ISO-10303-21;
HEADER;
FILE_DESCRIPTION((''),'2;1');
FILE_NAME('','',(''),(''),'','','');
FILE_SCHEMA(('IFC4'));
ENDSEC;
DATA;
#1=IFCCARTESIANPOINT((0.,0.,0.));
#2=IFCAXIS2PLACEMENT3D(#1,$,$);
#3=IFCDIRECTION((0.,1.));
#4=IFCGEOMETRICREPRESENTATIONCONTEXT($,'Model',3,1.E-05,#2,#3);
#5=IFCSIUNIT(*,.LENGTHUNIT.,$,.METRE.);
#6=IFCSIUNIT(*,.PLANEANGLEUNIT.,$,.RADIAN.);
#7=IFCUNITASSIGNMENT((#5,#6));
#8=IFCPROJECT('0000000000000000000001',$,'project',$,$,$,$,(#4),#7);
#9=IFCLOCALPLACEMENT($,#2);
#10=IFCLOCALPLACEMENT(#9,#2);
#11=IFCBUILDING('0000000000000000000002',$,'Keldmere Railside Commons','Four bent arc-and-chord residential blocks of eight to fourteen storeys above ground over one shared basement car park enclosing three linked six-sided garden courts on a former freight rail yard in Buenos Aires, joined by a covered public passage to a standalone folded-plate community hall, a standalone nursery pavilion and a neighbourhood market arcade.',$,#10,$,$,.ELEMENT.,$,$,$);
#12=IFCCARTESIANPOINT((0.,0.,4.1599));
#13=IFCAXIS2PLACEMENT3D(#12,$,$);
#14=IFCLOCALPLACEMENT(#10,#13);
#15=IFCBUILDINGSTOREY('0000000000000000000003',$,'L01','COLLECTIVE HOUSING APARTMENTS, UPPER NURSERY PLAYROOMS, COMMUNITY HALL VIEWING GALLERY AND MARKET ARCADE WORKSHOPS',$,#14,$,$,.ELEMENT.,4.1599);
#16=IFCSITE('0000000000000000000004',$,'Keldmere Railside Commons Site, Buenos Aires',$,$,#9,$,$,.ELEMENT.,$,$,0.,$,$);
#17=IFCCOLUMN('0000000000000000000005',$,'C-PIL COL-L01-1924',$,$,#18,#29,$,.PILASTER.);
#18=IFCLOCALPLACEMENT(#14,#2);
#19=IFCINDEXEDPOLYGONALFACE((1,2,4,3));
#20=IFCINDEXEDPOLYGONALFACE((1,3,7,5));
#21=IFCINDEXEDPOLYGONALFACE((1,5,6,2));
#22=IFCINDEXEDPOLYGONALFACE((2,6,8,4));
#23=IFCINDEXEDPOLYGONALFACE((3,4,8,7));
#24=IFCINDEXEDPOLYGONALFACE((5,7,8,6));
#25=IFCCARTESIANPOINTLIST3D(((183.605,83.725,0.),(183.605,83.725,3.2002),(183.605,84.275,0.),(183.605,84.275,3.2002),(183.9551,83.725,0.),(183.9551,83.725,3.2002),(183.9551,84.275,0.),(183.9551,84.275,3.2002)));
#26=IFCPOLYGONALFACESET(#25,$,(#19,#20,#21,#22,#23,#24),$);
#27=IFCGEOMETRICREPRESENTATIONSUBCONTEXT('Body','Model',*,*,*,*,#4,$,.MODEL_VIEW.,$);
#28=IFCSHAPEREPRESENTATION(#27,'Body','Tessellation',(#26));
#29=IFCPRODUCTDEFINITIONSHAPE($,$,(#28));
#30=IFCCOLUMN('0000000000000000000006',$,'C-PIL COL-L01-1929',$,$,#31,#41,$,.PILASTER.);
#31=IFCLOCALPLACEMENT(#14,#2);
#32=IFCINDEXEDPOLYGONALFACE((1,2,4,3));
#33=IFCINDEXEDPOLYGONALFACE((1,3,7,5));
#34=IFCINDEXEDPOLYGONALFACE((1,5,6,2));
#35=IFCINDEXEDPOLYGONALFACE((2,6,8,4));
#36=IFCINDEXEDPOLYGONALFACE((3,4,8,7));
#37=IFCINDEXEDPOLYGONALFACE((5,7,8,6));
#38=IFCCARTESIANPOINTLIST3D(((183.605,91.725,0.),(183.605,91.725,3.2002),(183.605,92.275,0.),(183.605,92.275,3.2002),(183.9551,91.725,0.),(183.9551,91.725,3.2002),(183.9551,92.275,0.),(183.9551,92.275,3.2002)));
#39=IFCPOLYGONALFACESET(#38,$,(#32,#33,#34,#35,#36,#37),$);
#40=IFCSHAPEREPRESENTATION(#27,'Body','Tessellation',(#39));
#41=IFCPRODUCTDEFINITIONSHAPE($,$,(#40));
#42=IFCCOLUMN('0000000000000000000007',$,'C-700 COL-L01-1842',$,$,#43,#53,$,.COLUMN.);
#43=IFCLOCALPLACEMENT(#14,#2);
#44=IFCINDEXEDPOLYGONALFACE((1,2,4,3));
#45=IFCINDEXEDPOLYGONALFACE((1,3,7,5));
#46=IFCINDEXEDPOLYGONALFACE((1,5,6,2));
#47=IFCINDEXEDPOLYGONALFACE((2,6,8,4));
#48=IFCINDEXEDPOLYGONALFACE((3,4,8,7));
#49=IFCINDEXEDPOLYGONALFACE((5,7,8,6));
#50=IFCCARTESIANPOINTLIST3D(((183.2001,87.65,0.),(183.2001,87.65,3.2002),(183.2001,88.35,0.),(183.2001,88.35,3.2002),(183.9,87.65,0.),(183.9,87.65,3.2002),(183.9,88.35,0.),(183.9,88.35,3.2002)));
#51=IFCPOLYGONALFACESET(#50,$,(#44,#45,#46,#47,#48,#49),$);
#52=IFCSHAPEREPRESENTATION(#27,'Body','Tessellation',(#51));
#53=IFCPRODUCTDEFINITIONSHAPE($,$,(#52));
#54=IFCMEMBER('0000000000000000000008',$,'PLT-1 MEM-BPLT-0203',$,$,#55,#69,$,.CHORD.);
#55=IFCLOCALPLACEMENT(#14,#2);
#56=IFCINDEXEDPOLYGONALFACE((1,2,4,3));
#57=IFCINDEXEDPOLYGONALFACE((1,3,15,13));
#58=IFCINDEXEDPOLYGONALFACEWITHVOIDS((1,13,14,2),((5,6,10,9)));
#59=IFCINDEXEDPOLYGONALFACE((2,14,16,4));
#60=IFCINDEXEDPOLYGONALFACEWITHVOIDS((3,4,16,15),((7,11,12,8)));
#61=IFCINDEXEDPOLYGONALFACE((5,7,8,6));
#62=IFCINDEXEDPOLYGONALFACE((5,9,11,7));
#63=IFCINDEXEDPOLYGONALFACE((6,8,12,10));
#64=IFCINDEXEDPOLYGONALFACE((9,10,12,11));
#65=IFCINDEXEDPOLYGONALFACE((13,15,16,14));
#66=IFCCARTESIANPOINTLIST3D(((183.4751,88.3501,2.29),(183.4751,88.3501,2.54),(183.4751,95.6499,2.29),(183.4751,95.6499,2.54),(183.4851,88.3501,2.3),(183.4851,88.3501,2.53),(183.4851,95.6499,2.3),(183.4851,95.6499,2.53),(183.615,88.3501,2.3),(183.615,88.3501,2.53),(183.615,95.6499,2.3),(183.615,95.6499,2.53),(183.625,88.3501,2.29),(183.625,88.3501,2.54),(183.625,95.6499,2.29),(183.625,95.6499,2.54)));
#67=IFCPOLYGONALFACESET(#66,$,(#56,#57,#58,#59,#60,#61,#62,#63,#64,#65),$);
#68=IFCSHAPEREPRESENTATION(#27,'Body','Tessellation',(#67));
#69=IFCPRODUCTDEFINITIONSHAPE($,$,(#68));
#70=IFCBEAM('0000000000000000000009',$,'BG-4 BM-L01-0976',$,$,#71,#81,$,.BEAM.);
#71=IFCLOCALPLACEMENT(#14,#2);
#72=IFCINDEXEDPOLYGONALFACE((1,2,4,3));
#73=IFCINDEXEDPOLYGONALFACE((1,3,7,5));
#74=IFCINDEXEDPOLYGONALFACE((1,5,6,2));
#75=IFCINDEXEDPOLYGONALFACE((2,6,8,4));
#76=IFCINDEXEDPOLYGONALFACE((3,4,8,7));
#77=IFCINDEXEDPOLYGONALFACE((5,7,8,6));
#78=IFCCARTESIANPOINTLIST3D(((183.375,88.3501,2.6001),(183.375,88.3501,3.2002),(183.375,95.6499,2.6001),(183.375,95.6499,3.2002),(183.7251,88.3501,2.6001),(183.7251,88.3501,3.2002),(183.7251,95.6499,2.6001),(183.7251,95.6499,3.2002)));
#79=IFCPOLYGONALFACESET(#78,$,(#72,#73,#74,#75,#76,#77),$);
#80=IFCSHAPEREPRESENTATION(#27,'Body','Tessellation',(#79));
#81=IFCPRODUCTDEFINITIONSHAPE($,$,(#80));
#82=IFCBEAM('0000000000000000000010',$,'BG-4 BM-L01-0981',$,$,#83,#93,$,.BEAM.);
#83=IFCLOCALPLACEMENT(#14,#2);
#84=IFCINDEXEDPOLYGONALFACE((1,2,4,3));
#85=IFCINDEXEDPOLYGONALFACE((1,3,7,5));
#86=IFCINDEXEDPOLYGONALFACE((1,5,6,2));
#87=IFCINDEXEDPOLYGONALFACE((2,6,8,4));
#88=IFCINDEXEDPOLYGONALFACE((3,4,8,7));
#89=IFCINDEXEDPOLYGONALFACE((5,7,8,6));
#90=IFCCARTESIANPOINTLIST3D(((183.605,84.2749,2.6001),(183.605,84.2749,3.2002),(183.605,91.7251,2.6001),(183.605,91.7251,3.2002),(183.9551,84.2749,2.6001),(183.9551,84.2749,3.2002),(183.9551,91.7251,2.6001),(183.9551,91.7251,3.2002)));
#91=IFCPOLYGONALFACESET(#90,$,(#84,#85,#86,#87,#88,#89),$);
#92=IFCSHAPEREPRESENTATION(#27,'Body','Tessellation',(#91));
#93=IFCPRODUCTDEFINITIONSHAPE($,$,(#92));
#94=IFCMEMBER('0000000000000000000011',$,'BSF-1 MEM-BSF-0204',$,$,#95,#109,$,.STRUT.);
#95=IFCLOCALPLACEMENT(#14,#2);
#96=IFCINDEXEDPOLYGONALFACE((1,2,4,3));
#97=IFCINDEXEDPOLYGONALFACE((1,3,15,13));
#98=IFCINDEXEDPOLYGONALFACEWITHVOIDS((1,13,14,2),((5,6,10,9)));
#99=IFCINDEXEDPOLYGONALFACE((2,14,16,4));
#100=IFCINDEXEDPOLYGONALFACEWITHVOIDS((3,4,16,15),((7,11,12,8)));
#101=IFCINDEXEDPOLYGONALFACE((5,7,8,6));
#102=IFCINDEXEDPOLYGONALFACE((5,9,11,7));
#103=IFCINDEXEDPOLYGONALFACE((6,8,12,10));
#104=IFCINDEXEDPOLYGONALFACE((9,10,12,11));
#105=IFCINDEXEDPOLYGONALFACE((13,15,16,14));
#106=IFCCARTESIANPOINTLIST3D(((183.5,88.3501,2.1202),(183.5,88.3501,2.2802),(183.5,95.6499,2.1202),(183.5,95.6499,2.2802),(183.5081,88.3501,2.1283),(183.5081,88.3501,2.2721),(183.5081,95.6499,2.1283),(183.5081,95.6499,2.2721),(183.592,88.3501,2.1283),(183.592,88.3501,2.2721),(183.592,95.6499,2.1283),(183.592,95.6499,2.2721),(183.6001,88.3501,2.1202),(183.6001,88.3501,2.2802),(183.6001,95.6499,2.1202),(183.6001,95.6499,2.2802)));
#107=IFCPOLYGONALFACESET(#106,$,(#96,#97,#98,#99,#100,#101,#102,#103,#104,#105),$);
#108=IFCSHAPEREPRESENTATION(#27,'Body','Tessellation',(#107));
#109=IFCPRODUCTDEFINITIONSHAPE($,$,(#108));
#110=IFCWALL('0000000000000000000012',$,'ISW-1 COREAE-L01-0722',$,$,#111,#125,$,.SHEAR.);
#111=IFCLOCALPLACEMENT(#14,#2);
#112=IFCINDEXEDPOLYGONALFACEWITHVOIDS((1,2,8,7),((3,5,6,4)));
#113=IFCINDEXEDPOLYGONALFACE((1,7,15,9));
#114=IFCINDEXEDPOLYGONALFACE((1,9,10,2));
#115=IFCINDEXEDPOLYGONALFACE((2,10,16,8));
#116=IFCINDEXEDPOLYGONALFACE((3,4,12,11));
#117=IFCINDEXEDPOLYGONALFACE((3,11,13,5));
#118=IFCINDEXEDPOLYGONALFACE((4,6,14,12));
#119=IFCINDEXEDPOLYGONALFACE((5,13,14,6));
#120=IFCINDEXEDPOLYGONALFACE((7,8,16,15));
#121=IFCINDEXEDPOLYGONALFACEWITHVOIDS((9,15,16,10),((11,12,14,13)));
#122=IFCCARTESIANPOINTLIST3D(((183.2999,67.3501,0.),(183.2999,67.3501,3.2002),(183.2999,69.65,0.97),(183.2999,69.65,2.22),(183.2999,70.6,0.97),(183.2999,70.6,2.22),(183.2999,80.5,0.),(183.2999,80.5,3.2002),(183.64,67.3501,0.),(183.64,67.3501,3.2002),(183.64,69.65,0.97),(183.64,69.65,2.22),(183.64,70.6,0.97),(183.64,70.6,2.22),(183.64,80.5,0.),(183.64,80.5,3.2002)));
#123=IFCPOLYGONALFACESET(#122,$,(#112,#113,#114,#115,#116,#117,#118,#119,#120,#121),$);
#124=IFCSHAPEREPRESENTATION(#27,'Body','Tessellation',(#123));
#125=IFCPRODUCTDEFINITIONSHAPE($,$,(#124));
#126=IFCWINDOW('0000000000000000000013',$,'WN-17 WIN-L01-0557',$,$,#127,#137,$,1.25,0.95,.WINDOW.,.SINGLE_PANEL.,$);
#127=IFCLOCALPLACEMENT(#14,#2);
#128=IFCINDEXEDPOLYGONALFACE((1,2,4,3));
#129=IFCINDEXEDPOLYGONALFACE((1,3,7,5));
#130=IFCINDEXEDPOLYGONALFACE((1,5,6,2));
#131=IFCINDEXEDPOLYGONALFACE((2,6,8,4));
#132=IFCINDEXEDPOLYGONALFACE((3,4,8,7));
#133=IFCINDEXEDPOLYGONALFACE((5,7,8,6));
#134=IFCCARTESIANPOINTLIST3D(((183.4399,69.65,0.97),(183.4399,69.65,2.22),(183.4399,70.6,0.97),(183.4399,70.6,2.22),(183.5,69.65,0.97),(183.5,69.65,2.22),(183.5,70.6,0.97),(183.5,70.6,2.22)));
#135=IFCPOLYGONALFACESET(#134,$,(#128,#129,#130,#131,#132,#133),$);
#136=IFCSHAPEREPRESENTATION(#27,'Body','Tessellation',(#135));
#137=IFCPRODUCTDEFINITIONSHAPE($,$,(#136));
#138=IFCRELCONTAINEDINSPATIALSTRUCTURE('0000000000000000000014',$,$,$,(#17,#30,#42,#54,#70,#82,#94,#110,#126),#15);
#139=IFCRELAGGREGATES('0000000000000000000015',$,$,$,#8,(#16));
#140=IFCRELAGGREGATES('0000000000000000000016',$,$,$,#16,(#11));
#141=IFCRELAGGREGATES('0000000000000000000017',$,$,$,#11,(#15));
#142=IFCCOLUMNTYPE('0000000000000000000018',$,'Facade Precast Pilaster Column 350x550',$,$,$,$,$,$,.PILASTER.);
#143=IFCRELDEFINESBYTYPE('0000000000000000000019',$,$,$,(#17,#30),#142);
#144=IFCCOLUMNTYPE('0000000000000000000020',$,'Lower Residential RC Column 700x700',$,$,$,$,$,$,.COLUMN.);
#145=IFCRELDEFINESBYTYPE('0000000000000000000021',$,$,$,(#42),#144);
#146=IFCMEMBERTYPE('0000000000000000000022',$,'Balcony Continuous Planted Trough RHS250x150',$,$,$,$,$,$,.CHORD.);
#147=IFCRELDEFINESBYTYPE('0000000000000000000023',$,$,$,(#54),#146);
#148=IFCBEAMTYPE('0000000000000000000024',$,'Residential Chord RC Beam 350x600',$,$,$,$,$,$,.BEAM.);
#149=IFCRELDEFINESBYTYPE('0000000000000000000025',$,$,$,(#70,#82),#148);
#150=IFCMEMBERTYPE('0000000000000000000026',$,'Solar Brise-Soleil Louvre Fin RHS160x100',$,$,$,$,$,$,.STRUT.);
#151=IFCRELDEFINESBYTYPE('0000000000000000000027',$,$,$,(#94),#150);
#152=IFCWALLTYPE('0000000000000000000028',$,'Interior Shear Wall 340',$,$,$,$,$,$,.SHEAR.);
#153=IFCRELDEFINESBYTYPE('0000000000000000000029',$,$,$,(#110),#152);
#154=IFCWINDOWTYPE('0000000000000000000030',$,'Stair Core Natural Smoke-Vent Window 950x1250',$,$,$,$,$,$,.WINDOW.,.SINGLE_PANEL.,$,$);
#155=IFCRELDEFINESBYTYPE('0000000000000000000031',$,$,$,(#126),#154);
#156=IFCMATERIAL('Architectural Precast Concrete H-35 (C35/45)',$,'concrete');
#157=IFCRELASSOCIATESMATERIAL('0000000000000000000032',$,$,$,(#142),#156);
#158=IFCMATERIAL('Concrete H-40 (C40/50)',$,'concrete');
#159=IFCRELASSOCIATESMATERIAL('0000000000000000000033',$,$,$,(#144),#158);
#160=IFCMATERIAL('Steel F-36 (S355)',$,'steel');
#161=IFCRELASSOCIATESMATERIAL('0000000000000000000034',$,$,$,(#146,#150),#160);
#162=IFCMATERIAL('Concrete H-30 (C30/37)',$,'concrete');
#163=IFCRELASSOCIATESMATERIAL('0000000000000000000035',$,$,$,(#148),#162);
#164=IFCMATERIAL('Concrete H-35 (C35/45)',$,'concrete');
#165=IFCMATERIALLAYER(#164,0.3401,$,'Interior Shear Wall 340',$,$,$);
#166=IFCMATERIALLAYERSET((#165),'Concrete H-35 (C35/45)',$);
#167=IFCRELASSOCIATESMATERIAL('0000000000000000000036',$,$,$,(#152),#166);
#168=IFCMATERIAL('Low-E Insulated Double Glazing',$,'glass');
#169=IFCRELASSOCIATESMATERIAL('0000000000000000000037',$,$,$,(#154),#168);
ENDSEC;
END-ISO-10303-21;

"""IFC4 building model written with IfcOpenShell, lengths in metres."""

from ifc_helpers import new_model, si_unit, direction, frame, frame_2d, origin, origin_2d, place, context, subcontext, project, spatial, rectangle, hollow_rectangle, extrude, material, layer, layer_set, material_profile, profile_set, type_object, element, fill, save


model = new_model("IFC4")

# Units and contexts
model_context = context("Model", 3, precision=1e-05, world=origin(), true_north=direction((0.0, 1.0)))
body_context = subcontext(model_context, "Body", "Model", "MODEL_VIEW")
ifc_project = project(units=[si_unit("LENGTHUNIT", "METRE"), si_unit("PLANEANGLEUNIT", "RADIAN")], contexts=[model_context])

# Site, building, storey
site_placement = place(None, origin())
site = spatial("IfcSite", under=ifc_project, at=site_placement, Name="Keldmere Railside Commons Site, Buenos Aires", CompositionType="ELEMENT", RefElevation=0.0)
building_placement = place(site_placement, origin())
building = spatial("IfcBuilding", under=site, at=building_placement, Name="Keldmere Railside Commons", Description="Four bent arc-and-chord residential blocks of eight to fourteen storeys above ground over one shared basement car park enclosing three linked six-sided garden courts on a former freight rail yard in Buenos Aires, joined by a covered public passage to a standalone folded-plate community hall, a standalone nursery pavilion and a neighbourhood market arcade.", CompositionType="ELEMENT")
storey_placement = place(building_placement, frame((0.0, 0.0, 4.1599)))
storey = spatial("IfcBuildingStorey", under=building, at=storey_placement, Name="L01", Description="COLLECTIVE HOUSING APARTMENTS, UPPER NURSERY PLAYROOMS, COMMUNITY HALL VIEWING GALLERY AND MARKET ARCADE WORKSHOPS", CompositionType="ELEMENT", Elevation=4.1599)

# Columns
ifc_material_1 = material(Name="Architectural Precast Concrete H-35 (C35/45)", Category="concrete")
ifc_material_profile_1 = material_profile(ifc_material_1, rectangle(XDim=0.3501, YDim=0.55, at=origin_2d()), Name="RC-350x550")
ifc_profile_set_1 = profile_set([ifc_material_profile_1], Name="Architectural Precast Concrete H-35 (C35/45)")
column_type_1 = type_object("IfcColumnType", Name="Facade Precast Pilaster Column 350x550", PredefinedType="PILASTER", material=ifc_profile_set_1)
for number, where, z_axis, x_axis, name in (
    (1, (183.78, 84.0, 0.0), (0.0, 0.0, 1.0), (1.0, 0.0, 0.0), "C-PIL COL-L01-1924"),
    (2, (183.78, 92.0, 0.0), (0.0, 0.0, 1.0), (1.0, 0.0, 0.0), "C-PIL COL-L01-1929"),
):
    element("IfcColumn", number, at=place(storey_placement, frame(where, z_axis=z_axis, x_axis=x_axis)), inside=storey, type_object=column_type_1, Name=name, PredefinedType="PILASTER", context=body_context, shape_type="SweptSolid", body=[
        extrude(rectangle(XDim=0.3501, YDim=0.55, at=origin_2d()), origin(), (0.0, 0.0, 1.0), 3.2002),
    ])
ifc_material_2 = material(Name="Concrete H-40 (C40/50)", Category="concrete")
ifc_material_profile_2 = material_profile(ifc_material_2, rectangle(XDim=0.7, YDim=0.7, at=origin_2d()), Name="RC-700x700")
ifc_profile_set_2 = profile_set([ifc_material_profile_2], Name="Concrete H-40 (C40/50)")
column_type_2 = type_object("IfcColumnType", Name="Lower Residential RC Column 700x700", PredefinedType="COLUMN", material=ifc_profile_set_2)
column_placement = place(storey_placement, frame((183.55, 88.0, 0.0), z_axis=(0.0, 0.0, 1.0), x_axis=(1.0, 0.0, 0.0)))
element("IfcColumn", 3, at=column_placement, inside=storey, type_object=column_type_2, Name="C-700 COL-L01-1842", PredefinedType="COLUMN", context=body_context, shape_type="SweptSolid", body=[
    extrude(rectangle(XDim=0.7, YDim=0.7, at=origin_2d()), origin(), (0.0, 0.0, 1.0), 3.2002),
])

# Member
ifc_material_3 = material(Name="Steel F-36 (S355)", Category="steel")
ifc_material_profile_3 = material_profile(ifc_material_3, hollow_rectangle(XDim=0.1499, YDim=0.25, WallThickness=0.01, at=origin_2d()), Name="RHS-250x150x10")
ifc_profile_set_3 = profile_set([ifc_material_profile_3], Name="Steel F-36 (S355)")
member_type_1 = type_object("IfcMemberType", Name="Balcony Continuous Planted Trough RHS250x150", PredefinedType="CHORD", material=ifc_profile_set_3)
member_1_placement = place(storey_placement, frame((183.55, 88.3501, 2.415), z_axis=(0.0, 1.0, 0.0), x_axis=(-1.0, 0.0, 0.0)))
element("IfcMember", 4, at=member_1_placement, inside=storey, type_object=member_type_1, Name="PLT-1 MEM-BPLT-0203", PredefinedType="CHORD", context=body_context, shape_type="SweptSolid", body=[
    extrude(hollow_rectangle(XDim=0.1499, YDim=0.25, WallThickness=0.01, at=origin_2d()), origin(), (0.0, 0.0, 1.0), 7.2998),
])

# Beams
ifc_material_4 = material(Name="Concrete H-30 (C30/37)", Category="concrete")
ifc_material_profile_4 = material_profile(ifc_material_4, rectangle(XDim=0.3501, YDim=0.6001, at=origin_2d()), Name="RC-350x600")
ifc_profile_set_4 = profile_set([ifc_material_profile_4], Name="Concrete H-30 (C30/37)")
beam_type = type_object("IfcBeamType", Name="Residential Chord RC Beam 350x600", PredefinedType="BEAM", material=ifc_profile_set_4)
beam_1_placement = place(storey_placement, frame((183.55, 88.3501, 2.9001), z_axis=(0.0, 1.0, 0.0), x_axis=(-1.0, 0.0, 0.0)))
element("IfcBeam", 5, at=beam_1_placement, inside=storey, type_object=beam_type, Name="BG-4 BM-L01-0976", PredefinedType="BEAM", context=body_context, shape_type="SweptSolid", body=[
    extrude(rectangle(XDim=0.3501, YDim=0.6001, at=origin_2d()), origin(), (0.0, 0.0, 1.0), 7.2998),
])
beam_2_placement = place(storey_placement, frame((183.78, 84.2749, 2.9001), z_axis=(0.0, 1.0, 0.0), x_axis=(-1.0, 0.0, 0.0)))
element("IfcBeam", 6, at=beam_2_placement, inside=storey, type_object=beam_type, Name="BG-4 BM-L01-0981", PredefinedType="BEAM", context=body_context, shape_type="SweptSolid", body=[
    extrude(rectangle(XDim=0.3501, YDim=0.6001, at=origin_2d()), origin(), (0.0, 0.0, 1.0), 7.4502),
])

# Member
ifc_material_profile_5 = material_profile(ifc_material_3, hollow_rectangle(XDim=0.1001, YDim=0.1599, WallThickness=0.0081, at=origin_2d()), Name="RHS-160x100x8")
ifc_profile_set_5 = profile_set([ifc_material_profile_5], Name="Steel F-36 (S355)")
member_type_2 = type_object("IfcMemberType", Name="Solar Brise-Soleil Louvre Fin RHS160x100", PredefinedType="STRUT", material=ifc_profile_set_5)
member_2_placement = place(storey_placement, frame((183.55, 88.3501, 2.2002), z_axis=(0.0, 1.0, 0.0), x_axis=(-1.0, 0.0, 0.0)))
element("IfcMember", 7, at=member_2_placement, inside=storey, type_object=member_type_2, Name="BSF-1 MEM-BSF-0204", PredefinedType="STRUT", context=body_context, shape_type="SweptSolid", body=[
    extrude(hollow_rectangle(XDim=0.1001, YDim=0.1599, WallThickness=0.0081, at=origin_2d()), origin(), (0.0, 0.0, 1.0), 7.2998),
])

# Wall, opening, window
ifc_material_5 = material(Name="Concrete H-35 (C35/45)", Category="concrete")
ifc_layer = layer(ifc_material_5, 0.3401, Name="Interior Shear Wall 340")
ifc_layer_set = layer_set([ifc_layer], Name="Concrete H-35 (C35/45)")
wall_type = type_object("IfcWallType", Name="Interior Shear Wall 340", PredefinedType="SHEAR", material=ifc_layer_set)
wall_placement = place(storey_placement, frame((183.47, 80.5, 0.0), z_axis=(0.0, 0.0, 1.0), x_axis=(0.0, -1.0, 0.0)))
wall = element("IfcWall", 8, at=wall_placement, inside=storey, type_object=wall_type, Name="ISW-1 COREAE-L01-0722", PredefinedType="SHEAR", context=body_context, shape_type="SweptSolid", body=[
    extrude(rectangle(XDim=13.1499, YDim=0.3401, at=frame_2d((6.575, 0.0))), origin(), (0.0, 0.0, 1.0), 3.2002),
])
opening_placement = place(wall_placement, frame((9.8999, 0.0, 0.97)))
opening = element("IfcOpeningElement", 9, at=opening_placement, cuts=wall, PredefinedType="OPENING", context=body_context, shape_type="SweptSolid", body=[
    extrude(rectangle(XDim=0.95, YDim=1.25, at=frame_2d((0.4751, 0.625))), frame((0.0, 0.1799, 0.0), z_axis=(0.0, -1.0, 0.0), x_axis=(1.0, 0.0, 0.0)), (0.0, 0.0, 1.0), 0.3601),
])
ifc_material_6 = material(Name="Low-E Insulated Double Glazing", Category="glass")
window_type = type_object("IfcWindowType", Name="Stair Core Natural Smoke-Vent Window 950x1250", PartitioningType="SINGLE_PANEL", PredefinedType="WINDOW", material=ifc_material_6)
window_placement = place(opening_placement, origin())
window = element("IfcWindow", 10, at=window_placement, inside=storey, type_object=window_type, Name="WN-17 WIN-L01-0557", OverallHeight=1.25, OverallWidth=0.95, PartitioningType="SINGLE_PANEL", PredefinedType="WINDOW", context=body_context, shape_type="SweptSolid", body=[
    extrude(rectangle(XDim=0.95, YDim=1.25, at=frame_2d((0.4751, 0.625))), frame((0.0, 0.03, 0.0), z_axis=(0.0, -1.0, 0.0), x_axis=(1.0, 0.0, 0.0)), (0.0, 0.0, 1.0), 0.0601),
])
fill(opening, window)

save(model, "model.ifc")
